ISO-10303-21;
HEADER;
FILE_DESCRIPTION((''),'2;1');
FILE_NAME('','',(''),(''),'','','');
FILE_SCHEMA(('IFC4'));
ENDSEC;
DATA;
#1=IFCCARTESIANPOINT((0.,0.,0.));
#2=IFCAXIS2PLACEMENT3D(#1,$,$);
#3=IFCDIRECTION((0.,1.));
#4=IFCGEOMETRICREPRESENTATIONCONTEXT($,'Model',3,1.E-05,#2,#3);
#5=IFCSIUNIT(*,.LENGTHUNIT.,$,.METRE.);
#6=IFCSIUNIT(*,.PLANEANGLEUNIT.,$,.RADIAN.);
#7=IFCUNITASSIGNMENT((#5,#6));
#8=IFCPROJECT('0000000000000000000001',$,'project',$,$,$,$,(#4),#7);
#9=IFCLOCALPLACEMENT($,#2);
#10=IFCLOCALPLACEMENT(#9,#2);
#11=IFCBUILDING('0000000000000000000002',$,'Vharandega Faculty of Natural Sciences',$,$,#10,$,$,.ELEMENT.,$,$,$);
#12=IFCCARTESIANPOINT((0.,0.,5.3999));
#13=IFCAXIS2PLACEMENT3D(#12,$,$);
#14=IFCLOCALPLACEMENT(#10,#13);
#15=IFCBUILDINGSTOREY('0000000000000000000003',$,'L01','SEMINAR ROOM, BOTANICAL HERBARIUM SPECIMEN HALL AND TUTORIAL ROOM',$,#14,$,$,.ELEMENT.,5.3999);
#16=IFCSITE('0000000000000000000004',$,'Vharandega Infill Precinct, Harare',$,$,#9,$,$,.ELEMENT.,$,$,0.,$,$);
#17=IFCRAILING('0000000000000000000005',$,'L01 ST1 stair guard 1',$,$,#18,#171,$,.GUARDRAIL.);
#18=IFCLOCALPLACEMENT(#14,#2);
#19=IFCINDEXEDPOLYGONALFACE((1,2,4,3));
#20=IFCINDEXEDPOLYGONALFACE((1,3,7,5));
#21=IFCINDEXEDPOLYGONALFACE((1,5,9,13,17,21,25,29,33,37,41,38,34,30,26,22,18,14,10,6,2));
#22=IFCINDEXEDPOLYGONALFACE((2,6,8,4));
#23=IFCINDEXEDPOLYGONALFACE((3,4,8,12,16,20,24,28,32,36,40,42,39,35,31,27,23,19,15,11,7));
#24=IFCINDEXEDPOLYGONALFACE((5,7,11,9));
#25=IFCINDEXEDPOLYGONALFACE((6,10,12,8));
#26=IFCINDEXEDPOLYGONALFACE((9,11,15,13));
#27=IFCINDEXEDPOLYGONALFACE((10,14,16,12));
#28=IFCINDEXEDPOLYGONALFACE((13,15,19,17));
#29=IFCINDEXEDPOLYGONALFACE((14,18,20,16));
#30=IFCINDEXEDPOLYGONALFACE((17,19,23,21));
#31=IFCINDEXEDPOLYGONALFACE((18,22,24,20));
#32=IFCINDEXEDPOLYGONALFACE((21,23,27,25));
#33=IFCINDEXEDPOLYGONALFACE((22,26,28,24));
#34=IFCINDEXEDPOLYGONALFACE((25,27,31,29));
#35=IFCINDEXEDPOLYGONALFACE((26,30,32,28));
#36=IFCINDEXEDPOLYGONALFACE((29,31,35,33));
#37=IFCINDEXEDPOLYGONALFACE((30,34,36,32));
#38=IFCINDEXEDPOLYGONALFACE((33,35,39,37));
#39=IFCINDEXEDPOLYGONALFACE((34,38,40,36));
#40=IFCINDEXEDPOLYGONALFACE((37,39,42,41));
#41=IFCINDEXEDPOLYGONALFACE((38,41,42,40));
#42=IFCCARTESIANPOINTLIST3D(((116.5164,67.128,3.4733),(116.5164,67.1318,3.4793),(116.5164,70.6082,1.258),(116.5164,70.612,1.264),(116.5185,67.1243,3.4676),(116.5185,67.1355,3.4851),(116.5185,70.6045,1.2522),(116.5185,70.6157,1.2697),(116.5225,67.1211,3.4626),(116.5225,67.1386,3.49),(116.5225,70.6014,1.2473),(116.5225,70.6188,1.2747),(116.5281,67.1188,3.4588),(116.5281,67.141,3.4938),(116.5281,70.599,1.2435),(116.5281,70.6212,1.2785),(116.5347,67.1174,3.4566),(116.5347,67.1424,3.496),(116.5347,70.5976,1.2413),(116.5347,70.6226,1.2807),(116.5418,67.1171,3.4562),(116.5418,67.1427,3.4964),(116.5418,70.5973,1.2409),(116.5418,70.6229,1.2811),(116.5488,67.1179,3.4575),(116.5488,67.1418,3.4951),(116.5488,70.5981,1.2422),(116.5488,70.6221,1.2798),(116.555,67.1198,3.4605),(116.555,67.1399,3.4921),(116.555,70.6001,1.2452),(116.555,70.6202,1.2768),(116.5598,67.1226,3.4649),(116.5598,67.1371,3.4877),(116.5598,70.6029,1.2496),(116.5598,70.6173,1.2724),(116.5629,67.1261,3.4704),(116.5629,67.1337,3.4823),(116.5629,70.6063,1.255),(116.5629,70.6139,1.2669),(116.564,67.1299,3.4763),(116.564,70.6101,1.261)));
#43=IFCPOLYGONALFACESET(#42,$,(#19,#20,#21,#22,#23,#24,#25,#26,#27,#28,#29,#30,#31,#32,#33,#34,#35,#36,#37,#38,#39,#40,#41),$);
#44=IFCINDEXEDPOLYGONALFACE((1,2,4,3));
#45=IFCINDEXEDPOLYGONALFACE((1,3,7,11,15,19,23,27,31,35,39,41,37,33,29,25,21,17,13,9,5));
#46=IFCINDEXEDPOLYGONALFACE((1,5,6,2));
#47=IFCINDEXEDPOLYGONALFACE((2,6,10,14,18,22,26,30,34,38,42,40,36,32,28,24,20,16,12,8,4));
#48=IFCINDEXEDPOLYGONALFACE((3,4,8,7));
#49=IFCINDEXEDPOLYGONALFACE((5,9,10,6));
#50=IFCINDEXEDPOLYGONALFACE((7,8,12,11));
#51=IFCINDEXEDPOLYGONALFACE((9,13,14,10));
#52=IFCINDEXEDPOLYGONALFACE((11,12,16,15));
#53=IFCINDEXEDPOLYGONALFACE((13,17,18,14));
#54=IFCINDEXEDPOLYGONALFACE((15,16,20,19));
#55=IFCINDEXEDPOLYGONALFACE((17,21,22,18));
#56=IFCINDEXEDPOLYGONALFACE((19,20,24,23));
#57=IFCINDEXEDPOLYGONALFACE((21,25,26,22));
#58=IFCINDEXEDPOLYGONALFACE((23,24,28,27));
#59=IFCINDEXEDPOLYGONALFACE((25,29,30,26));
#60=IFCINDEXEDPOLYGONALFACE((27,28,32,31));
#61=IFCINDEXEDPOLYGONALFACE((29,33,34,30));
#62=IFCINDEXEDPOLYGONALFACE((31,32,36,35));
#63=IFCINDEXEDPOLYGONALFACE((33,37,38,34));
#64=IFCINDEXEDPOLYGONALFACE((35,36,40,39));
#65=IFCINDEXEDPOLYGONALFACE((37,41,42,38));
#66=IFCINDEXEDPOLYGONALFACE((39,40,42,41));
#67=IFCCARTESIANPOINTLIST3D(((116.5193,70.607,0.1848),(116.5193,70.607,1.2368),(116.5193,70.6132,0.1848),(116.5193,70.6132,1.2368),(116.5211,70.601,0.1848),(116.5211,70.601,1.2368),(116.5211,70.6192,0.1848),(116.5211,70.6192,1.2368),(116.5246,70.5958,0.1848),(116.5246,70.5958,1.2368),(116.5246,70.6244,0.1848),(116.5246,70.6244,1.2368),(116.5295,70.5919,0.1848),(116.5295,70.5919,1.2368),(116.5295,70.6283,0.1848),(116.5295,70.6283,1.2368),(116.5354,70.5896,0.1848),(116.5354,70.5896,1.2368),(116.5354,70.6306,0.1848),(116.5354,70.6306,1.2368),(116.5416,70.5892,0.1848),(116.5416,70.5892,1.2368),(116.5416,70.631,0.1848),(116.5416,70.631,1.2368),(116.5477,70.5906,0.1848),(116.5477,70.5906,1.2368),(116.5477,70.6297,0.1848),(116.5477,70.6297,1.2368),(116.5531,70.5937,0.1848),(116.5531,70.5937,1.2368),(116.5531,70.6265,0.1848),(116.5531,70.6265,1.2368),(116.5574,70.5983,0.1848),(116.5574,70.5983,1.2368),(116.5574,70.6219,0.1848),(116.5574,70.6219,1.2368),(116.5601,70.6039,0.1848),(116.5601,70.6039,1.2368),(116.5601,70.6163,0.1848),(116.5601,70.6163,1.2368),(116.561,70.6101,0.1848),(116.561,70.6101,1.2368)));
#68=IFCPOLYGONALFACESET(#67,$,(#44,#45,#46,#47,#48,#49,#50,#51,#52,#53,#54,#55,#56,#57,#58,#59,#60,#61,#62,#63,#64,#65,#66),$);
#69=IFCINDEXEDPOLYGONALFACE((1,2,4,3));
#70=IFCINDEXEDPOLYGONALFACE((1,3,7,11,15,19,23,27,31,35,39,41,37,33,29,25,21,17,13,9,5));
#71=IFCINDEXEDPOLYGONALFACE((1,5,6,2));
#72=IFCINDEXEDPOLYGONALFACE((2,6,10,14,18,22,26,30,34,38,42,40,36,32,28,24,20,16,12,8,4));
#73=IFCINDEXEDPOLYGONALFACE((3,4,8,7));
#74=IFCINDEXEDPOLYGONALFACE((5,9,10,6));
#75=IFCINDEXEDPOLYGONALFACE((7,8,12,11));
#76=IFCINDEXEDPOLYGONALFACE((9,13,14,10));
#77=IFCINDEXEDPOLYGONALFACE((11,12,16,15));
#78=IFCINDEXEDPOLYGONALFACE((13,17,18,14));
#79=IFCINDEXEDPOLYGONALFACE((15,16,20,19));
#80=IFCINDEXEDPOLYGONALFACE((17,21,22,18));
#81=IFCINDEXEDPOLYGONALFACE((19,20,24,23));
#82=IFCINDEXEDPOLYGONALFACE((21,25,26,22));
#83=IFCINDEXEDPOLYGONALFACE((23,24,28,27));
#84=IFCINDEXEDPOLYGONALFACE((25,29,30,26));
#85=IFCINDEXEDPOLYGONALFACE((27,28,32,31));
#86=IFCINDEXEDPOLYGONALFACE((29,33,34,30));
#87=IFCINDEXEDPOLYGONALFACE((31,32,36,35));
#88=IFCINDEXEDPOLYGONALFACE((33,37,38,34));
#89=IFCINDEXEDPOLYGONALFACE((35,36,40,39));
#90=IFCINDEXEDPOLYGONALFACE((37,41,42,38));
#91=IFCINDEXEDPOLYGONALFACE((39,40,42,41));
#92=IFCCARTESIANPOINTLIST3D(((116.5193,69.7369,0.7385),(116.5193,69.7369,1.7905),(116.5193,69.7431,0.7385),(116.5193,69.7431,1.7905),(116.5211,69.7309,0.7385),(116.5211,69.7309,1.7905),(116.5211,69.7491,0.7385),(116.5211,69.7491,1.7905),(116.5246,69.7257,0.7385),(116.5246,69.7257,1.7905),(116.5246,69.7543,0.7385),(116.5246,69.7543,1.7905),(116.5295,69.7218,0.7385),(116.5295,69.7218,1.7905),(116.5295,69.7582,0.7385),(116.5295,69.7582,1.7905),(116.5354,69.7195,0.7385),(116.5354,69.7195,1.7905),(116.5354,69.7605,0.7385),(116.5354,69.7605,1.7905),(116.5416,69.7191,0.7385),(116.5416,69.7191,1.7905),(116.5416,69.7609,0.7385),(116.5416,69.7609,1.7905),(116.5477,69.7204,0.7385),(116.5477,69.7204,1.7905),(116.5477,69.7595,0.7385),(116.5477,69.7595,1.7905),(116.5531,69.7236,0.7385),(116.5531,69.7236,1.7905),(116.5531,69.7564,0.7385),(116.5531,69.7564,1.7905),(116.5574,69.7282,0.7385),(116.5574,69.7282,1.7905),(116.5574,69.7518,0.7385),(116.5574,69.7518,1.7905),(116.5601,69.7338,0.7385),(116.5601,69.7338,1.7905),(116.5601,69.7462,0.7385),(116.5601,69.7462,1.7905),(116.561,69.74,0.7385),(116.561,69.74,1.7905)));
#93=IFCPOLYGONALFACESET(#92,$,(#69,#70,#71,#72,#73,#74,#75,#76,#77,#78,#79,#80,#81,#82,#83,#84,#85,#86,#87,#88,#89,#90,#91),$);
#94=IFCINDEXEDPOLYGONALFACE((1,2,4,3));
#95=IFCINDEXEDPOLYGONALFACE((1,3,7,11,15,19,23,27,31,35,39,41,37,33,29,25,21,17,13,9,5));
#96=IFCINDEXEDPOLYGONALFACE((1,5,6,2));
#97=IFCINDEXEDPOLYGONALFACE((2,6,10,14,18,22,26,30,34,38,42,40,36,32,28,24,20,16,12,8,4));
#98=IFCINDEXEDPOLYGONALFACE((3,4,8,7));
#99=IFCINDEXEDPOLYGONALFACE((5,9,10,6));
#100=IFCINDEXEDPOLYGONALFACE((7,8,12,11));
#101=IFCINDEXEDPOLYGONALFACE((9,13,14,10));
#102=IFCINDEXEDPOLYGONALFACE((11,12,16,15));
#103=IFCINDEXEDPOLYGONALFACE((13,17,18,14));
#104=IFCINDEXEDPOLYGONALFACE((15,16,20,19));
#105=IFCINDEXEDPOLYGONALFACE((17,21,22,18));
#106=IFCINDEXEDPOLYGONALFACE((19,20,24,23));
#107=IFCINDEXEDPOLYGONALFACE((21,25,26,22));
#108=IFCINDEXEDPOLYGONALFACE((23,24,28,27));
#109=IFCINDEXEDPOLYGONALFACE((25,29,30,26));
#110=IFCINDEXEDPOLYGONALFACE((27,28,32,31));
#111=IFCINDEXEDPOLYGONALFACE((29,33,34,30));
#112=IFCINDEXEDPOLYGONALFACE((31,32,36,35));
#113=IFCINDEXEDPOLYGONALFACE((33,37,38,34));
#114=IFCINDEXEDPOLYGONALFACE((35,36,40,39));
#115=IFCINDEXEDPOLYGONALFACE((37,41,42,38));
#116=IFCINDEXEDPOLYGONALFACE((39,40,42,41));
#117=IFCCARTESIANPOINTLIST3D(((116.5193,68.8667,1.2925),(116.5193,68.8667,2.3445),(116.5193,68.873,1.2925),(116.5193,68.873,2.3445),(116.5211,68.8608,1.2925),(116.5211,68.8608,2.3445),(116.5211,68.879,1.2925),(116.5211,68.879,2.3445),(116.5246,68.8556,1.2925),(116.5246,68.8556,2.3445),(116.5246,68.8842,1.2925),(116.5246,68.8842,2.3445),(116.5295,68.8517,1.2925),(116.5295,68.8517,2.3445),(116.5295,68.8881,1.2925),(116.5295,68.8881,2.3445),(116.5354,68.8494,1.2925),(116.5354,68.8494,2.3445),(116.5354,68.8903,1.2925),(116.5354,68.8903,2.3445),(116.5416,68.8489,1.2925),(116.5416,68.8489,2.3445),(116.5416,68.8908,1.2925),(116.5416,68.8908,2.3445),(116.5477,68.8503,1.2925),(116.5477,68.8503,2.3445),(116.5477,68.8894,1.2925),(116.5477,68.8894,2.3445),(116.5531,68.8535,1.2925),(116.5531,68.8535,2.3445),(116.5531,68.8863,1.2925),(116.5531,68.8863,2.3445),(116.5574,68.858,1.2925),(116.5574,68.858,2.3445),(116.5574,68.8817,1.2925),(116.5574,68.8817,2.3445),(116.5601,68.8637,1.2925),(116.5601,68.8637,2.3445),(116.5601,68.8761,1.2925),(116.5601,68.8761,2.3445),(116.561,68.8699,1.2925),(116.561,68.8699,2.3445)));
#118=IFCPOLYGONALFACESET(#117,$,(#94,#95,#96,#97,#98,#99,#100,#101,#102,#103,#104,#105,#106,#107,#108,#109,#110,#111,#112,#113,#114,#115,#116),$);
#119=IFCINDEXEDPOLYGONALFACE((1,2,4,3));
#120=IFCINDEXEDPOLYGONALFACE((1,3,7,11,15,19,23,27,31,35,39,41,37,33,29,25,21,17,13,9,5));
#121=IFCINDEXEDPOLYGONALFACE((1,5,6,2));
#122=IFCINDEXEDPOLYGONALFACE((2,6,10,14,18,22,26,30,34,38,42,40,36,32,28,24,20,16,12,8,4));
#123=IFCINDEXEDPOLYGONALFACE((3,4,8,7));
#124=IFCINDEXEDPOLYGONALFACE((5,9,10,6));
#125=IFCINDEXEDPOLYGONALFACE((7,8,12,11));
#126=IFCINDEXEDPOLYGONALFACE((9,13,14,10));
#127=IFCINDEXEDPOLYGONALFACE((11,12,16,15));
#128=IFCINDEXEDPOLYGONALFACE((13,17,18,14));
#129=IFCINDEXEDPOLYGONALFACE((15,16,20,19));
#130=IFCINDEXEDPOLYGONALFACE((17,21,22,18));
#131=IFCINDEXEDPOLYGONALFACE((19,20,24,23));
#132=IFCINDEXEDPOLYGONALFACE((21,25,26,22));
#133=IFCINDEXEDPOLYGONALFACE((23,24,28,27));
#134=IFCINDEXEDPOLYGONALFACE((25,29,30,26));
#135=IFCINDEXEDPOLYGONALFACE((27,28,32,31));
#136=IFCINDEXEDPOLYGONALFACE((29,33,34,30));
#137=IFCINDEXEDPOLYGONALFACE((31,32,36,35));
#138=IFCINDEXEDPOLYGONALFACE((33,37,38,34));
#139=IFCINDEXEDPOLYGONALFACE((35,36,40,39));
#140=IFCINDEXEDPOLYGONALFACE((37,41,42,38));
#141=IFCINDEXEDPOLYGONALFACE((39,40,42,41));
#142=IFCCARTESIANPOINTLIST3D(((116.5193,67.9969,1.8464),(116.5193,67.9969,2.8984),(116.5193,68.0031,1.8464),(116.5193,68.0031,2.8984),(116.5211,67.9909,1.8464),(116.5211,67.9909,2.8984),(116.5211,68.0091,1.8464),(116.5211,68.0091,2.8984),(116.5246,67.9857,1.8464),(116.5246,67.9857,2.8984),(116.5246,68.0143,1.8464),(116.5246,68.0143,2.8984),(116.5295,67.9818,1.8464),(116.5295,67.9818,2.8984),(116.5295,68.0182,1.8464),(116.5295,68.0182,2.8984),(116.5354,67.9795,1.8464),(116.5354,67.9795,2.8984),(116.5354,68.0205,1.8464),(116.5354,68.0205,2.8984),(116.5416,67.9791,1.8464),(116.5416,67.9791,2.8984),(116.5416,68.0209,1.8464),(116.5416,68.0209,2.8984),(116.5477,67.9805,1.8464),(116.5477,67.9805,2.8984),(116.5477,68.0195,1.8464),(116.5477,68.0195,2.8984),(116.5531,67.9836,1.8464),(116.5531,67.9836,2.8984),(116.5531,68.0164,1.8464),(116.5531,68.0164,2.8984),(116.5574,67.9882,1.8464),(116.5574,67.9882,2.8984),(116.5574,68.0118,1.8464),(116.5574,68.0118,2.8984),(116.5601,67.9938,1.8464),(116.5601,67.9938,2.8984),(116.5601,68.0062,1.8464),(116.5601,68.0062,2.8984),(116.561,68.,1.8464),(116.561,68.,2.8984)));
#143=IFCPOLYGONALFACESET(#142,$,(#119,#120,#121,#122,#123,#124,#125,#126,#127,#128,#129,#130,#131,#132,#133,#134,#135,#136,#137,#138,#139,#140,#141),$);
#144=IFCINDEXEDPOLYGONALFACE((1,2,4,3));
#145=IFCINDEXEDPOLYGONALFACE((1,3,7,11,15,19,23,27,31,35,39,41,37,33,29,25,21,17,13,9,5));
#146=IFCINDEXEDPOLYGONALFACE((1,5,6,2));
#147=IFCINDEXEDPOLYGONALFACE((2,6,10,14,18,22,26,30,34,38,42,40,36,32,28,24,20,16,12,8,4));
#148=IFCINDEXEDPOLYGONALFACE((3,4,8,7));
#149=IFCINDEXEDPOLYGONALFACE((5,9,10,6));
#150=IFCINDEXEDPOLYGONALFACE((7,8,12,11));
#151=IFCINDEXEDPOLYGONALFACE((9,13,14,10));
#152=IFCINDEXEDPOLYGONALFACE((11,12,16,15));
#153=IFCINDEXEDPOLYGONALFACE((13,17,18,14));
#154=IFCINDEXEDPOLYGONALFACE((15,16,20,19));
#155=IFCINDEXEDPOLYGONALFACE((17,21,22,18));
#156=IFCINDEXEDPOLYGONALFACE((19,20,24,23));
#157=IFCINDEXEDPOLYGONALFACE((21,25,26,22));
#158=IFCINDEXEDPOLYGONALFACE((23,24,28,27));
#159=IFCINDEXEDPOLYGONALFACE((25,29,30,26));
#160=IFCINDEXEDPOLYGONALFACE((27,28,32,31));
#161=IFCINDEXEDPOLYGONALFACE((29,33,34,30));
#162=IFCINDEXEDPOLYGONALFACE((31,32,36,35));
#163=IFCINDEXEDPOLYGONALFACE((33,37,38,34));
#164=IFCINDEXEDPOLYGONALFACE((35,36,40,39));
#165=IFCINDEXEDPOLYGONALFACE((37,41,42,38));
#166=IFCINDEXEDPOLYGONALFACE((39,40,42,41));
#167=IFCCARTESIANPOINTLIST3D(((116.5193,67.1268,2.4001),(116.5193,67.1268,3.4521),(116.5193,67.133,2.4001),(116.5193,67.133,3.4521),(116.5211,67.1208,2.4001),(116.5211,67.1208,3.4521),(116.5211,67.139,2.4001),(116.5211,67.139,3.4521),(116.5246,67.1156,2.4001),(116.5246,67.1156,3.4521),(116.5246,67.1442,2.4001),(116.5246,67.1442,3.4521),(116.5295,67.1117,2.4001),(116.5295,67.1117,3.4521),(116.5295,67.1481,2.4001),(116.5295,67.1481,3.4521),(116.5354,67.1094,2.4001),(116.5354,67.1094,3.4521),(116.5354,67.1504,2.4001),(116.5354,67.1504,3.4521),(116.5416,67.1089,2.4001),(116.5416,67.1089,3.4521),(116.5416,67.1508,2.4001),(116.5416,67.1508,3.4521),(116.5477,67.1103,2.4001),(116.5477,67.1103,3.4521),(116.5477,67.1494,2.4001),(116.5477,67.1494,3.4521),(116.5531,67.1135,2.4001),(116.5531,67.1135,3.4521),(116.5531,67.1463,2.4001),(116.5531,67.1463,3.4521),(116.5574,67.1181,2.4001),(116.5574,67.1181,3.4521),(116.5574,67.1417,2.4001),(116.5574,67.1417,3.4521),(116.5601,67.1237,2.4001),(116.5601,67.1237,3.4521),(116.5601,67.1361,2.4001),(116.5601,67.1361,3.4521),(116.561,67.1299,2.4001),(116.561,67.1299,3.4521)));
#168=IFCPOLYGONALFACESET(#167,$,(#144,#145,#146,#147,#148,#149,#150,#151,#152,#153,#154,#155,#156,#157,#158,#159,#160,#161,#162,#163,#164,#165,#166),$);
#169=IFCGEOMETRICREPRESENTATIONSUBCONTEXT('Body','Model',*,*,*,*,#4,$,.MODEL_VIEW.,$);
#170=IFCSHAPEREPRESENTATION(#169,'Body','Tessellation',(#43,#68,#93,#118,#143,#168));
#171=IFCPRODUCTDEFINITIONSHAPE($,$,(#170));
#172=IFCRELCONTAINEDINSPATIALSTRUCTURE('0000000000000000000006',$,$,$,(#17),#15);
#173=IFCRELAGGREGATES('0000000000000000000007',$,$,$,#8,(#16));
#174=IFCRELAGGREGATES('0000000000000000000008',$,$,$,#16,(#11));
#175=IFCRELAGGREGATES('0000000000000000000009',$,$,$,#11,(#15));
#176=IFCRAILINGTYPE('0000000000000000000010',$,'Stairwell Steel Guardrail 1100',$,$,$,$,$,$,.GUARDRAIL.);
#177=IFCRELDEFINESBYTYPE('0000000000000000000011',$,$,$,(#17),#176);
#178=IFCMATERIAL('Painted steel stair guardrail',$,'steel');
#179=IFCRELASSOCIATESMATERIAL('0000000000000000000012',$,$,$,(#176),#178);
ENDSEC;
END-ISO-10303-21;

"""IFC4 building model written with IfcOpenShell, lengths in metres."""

from ifc_helpers import new_model, si_unit, direction, frame, origin, origin_2d, place, context, subcontext, project, spatial, circle, extrude, material, type_object, element, save


model = new_model("IFC4")

# Units and contexts
model_context = context("Model", 3, precision=1e-05, world=origin(), true_north=direction((0.0, 1.0)))
body_context = subcontext(model_context, "Body", "Model", "MODEL_VIEW")
ifc_project = project(units=[si_unit("LENGTHUNIT", "METRE"), si_unit("PLANEANGLEUNIT", "RADIAN")], contexts=[model_context])

# Site, building, storey
site_placement = place(None, origin())
site = spatial("IfcSite", under=ifc_project, at=site_placement, Name="Vharandega Infill Precinct, Harare", CompositionType="ELEMENT", RefElevation=0.0)
building_placement = place(site_placement, origin())
building = spatial("IfcBuilding", under=site, at=building_placement, Name="Vharandega Faculty of Natural Sciences", CompositionType="ELEMENT")
storey_placement = place(building_placement, frame((0.0, 0.0, 5.3999)))
storey = spatial("IfcBuildingStorey", under=building, at=storey_placement, Name="L01", Description="SEMINAR ROOM, BOTANICAL HERBARIUM SPECIMEN HALL AND TUTORIAL ROOM", CompositionType="ELEMENT", Elevation=5.3999)

# Railing
ifc_material_1 = material(Name="Painted steel stair guardrail", Category="steel")
railing_type_1 = type_object("IfcRailingType", Name="Stairwell Steel Guardrail 1100", PredefinedType="GUARDRAIL", material=ifc_material_1)
railing_1_placement = place(storey_placement, frame((116.54, 70.6101, 0.1848)))
element("IfcRailing", 1, at=railing_1_placement, inside=storey, type_object=railing_type_1, Name="L01 ST1 stair guard 1", PredefinedType="GUARDRAIL", context=body_context, shape_type="SweptSolid", body=[
    extrude(circle(Radius=0.0239, at=origin_2d()), frame((0.0, 0.0, 1.0762), z_axis=(0.0, -0.843591, 0.536987), x_axis=(1.0, 0.0, 0.0)), (0.0, 0.0, 1.0), 4.1255),
    extrude(circle(Radius=0.021, at=origin_2d()), origin(), (0.0, 0.0, 1.0), 1.052),
    extrude(circle(Radius=0.021, at=origin_2d()), frame((0.0, -0.8701, 0.5537)), (0.0, 0.0, 1.0), 1.052),
    extrude(circle(Radius=0.021, at=origin_2d()), frame((0.0, -1.7402, 1.1077)), (0.0, 0.0, 1.0), 1.052),
    extrude(circle(Radius=0.021, at=origin_2d()), frame((0.0, -2.6101, 1.6616)), (0.0, 0.0, 1.0), 1.052),
    extrude(circle(Radius=0.021, at=origin_2d()), frame((0.0, -3.4802, 2.2153)), (0.0, 0.0, 1.0), 1.052),
])

save(model, "model.ifc")
